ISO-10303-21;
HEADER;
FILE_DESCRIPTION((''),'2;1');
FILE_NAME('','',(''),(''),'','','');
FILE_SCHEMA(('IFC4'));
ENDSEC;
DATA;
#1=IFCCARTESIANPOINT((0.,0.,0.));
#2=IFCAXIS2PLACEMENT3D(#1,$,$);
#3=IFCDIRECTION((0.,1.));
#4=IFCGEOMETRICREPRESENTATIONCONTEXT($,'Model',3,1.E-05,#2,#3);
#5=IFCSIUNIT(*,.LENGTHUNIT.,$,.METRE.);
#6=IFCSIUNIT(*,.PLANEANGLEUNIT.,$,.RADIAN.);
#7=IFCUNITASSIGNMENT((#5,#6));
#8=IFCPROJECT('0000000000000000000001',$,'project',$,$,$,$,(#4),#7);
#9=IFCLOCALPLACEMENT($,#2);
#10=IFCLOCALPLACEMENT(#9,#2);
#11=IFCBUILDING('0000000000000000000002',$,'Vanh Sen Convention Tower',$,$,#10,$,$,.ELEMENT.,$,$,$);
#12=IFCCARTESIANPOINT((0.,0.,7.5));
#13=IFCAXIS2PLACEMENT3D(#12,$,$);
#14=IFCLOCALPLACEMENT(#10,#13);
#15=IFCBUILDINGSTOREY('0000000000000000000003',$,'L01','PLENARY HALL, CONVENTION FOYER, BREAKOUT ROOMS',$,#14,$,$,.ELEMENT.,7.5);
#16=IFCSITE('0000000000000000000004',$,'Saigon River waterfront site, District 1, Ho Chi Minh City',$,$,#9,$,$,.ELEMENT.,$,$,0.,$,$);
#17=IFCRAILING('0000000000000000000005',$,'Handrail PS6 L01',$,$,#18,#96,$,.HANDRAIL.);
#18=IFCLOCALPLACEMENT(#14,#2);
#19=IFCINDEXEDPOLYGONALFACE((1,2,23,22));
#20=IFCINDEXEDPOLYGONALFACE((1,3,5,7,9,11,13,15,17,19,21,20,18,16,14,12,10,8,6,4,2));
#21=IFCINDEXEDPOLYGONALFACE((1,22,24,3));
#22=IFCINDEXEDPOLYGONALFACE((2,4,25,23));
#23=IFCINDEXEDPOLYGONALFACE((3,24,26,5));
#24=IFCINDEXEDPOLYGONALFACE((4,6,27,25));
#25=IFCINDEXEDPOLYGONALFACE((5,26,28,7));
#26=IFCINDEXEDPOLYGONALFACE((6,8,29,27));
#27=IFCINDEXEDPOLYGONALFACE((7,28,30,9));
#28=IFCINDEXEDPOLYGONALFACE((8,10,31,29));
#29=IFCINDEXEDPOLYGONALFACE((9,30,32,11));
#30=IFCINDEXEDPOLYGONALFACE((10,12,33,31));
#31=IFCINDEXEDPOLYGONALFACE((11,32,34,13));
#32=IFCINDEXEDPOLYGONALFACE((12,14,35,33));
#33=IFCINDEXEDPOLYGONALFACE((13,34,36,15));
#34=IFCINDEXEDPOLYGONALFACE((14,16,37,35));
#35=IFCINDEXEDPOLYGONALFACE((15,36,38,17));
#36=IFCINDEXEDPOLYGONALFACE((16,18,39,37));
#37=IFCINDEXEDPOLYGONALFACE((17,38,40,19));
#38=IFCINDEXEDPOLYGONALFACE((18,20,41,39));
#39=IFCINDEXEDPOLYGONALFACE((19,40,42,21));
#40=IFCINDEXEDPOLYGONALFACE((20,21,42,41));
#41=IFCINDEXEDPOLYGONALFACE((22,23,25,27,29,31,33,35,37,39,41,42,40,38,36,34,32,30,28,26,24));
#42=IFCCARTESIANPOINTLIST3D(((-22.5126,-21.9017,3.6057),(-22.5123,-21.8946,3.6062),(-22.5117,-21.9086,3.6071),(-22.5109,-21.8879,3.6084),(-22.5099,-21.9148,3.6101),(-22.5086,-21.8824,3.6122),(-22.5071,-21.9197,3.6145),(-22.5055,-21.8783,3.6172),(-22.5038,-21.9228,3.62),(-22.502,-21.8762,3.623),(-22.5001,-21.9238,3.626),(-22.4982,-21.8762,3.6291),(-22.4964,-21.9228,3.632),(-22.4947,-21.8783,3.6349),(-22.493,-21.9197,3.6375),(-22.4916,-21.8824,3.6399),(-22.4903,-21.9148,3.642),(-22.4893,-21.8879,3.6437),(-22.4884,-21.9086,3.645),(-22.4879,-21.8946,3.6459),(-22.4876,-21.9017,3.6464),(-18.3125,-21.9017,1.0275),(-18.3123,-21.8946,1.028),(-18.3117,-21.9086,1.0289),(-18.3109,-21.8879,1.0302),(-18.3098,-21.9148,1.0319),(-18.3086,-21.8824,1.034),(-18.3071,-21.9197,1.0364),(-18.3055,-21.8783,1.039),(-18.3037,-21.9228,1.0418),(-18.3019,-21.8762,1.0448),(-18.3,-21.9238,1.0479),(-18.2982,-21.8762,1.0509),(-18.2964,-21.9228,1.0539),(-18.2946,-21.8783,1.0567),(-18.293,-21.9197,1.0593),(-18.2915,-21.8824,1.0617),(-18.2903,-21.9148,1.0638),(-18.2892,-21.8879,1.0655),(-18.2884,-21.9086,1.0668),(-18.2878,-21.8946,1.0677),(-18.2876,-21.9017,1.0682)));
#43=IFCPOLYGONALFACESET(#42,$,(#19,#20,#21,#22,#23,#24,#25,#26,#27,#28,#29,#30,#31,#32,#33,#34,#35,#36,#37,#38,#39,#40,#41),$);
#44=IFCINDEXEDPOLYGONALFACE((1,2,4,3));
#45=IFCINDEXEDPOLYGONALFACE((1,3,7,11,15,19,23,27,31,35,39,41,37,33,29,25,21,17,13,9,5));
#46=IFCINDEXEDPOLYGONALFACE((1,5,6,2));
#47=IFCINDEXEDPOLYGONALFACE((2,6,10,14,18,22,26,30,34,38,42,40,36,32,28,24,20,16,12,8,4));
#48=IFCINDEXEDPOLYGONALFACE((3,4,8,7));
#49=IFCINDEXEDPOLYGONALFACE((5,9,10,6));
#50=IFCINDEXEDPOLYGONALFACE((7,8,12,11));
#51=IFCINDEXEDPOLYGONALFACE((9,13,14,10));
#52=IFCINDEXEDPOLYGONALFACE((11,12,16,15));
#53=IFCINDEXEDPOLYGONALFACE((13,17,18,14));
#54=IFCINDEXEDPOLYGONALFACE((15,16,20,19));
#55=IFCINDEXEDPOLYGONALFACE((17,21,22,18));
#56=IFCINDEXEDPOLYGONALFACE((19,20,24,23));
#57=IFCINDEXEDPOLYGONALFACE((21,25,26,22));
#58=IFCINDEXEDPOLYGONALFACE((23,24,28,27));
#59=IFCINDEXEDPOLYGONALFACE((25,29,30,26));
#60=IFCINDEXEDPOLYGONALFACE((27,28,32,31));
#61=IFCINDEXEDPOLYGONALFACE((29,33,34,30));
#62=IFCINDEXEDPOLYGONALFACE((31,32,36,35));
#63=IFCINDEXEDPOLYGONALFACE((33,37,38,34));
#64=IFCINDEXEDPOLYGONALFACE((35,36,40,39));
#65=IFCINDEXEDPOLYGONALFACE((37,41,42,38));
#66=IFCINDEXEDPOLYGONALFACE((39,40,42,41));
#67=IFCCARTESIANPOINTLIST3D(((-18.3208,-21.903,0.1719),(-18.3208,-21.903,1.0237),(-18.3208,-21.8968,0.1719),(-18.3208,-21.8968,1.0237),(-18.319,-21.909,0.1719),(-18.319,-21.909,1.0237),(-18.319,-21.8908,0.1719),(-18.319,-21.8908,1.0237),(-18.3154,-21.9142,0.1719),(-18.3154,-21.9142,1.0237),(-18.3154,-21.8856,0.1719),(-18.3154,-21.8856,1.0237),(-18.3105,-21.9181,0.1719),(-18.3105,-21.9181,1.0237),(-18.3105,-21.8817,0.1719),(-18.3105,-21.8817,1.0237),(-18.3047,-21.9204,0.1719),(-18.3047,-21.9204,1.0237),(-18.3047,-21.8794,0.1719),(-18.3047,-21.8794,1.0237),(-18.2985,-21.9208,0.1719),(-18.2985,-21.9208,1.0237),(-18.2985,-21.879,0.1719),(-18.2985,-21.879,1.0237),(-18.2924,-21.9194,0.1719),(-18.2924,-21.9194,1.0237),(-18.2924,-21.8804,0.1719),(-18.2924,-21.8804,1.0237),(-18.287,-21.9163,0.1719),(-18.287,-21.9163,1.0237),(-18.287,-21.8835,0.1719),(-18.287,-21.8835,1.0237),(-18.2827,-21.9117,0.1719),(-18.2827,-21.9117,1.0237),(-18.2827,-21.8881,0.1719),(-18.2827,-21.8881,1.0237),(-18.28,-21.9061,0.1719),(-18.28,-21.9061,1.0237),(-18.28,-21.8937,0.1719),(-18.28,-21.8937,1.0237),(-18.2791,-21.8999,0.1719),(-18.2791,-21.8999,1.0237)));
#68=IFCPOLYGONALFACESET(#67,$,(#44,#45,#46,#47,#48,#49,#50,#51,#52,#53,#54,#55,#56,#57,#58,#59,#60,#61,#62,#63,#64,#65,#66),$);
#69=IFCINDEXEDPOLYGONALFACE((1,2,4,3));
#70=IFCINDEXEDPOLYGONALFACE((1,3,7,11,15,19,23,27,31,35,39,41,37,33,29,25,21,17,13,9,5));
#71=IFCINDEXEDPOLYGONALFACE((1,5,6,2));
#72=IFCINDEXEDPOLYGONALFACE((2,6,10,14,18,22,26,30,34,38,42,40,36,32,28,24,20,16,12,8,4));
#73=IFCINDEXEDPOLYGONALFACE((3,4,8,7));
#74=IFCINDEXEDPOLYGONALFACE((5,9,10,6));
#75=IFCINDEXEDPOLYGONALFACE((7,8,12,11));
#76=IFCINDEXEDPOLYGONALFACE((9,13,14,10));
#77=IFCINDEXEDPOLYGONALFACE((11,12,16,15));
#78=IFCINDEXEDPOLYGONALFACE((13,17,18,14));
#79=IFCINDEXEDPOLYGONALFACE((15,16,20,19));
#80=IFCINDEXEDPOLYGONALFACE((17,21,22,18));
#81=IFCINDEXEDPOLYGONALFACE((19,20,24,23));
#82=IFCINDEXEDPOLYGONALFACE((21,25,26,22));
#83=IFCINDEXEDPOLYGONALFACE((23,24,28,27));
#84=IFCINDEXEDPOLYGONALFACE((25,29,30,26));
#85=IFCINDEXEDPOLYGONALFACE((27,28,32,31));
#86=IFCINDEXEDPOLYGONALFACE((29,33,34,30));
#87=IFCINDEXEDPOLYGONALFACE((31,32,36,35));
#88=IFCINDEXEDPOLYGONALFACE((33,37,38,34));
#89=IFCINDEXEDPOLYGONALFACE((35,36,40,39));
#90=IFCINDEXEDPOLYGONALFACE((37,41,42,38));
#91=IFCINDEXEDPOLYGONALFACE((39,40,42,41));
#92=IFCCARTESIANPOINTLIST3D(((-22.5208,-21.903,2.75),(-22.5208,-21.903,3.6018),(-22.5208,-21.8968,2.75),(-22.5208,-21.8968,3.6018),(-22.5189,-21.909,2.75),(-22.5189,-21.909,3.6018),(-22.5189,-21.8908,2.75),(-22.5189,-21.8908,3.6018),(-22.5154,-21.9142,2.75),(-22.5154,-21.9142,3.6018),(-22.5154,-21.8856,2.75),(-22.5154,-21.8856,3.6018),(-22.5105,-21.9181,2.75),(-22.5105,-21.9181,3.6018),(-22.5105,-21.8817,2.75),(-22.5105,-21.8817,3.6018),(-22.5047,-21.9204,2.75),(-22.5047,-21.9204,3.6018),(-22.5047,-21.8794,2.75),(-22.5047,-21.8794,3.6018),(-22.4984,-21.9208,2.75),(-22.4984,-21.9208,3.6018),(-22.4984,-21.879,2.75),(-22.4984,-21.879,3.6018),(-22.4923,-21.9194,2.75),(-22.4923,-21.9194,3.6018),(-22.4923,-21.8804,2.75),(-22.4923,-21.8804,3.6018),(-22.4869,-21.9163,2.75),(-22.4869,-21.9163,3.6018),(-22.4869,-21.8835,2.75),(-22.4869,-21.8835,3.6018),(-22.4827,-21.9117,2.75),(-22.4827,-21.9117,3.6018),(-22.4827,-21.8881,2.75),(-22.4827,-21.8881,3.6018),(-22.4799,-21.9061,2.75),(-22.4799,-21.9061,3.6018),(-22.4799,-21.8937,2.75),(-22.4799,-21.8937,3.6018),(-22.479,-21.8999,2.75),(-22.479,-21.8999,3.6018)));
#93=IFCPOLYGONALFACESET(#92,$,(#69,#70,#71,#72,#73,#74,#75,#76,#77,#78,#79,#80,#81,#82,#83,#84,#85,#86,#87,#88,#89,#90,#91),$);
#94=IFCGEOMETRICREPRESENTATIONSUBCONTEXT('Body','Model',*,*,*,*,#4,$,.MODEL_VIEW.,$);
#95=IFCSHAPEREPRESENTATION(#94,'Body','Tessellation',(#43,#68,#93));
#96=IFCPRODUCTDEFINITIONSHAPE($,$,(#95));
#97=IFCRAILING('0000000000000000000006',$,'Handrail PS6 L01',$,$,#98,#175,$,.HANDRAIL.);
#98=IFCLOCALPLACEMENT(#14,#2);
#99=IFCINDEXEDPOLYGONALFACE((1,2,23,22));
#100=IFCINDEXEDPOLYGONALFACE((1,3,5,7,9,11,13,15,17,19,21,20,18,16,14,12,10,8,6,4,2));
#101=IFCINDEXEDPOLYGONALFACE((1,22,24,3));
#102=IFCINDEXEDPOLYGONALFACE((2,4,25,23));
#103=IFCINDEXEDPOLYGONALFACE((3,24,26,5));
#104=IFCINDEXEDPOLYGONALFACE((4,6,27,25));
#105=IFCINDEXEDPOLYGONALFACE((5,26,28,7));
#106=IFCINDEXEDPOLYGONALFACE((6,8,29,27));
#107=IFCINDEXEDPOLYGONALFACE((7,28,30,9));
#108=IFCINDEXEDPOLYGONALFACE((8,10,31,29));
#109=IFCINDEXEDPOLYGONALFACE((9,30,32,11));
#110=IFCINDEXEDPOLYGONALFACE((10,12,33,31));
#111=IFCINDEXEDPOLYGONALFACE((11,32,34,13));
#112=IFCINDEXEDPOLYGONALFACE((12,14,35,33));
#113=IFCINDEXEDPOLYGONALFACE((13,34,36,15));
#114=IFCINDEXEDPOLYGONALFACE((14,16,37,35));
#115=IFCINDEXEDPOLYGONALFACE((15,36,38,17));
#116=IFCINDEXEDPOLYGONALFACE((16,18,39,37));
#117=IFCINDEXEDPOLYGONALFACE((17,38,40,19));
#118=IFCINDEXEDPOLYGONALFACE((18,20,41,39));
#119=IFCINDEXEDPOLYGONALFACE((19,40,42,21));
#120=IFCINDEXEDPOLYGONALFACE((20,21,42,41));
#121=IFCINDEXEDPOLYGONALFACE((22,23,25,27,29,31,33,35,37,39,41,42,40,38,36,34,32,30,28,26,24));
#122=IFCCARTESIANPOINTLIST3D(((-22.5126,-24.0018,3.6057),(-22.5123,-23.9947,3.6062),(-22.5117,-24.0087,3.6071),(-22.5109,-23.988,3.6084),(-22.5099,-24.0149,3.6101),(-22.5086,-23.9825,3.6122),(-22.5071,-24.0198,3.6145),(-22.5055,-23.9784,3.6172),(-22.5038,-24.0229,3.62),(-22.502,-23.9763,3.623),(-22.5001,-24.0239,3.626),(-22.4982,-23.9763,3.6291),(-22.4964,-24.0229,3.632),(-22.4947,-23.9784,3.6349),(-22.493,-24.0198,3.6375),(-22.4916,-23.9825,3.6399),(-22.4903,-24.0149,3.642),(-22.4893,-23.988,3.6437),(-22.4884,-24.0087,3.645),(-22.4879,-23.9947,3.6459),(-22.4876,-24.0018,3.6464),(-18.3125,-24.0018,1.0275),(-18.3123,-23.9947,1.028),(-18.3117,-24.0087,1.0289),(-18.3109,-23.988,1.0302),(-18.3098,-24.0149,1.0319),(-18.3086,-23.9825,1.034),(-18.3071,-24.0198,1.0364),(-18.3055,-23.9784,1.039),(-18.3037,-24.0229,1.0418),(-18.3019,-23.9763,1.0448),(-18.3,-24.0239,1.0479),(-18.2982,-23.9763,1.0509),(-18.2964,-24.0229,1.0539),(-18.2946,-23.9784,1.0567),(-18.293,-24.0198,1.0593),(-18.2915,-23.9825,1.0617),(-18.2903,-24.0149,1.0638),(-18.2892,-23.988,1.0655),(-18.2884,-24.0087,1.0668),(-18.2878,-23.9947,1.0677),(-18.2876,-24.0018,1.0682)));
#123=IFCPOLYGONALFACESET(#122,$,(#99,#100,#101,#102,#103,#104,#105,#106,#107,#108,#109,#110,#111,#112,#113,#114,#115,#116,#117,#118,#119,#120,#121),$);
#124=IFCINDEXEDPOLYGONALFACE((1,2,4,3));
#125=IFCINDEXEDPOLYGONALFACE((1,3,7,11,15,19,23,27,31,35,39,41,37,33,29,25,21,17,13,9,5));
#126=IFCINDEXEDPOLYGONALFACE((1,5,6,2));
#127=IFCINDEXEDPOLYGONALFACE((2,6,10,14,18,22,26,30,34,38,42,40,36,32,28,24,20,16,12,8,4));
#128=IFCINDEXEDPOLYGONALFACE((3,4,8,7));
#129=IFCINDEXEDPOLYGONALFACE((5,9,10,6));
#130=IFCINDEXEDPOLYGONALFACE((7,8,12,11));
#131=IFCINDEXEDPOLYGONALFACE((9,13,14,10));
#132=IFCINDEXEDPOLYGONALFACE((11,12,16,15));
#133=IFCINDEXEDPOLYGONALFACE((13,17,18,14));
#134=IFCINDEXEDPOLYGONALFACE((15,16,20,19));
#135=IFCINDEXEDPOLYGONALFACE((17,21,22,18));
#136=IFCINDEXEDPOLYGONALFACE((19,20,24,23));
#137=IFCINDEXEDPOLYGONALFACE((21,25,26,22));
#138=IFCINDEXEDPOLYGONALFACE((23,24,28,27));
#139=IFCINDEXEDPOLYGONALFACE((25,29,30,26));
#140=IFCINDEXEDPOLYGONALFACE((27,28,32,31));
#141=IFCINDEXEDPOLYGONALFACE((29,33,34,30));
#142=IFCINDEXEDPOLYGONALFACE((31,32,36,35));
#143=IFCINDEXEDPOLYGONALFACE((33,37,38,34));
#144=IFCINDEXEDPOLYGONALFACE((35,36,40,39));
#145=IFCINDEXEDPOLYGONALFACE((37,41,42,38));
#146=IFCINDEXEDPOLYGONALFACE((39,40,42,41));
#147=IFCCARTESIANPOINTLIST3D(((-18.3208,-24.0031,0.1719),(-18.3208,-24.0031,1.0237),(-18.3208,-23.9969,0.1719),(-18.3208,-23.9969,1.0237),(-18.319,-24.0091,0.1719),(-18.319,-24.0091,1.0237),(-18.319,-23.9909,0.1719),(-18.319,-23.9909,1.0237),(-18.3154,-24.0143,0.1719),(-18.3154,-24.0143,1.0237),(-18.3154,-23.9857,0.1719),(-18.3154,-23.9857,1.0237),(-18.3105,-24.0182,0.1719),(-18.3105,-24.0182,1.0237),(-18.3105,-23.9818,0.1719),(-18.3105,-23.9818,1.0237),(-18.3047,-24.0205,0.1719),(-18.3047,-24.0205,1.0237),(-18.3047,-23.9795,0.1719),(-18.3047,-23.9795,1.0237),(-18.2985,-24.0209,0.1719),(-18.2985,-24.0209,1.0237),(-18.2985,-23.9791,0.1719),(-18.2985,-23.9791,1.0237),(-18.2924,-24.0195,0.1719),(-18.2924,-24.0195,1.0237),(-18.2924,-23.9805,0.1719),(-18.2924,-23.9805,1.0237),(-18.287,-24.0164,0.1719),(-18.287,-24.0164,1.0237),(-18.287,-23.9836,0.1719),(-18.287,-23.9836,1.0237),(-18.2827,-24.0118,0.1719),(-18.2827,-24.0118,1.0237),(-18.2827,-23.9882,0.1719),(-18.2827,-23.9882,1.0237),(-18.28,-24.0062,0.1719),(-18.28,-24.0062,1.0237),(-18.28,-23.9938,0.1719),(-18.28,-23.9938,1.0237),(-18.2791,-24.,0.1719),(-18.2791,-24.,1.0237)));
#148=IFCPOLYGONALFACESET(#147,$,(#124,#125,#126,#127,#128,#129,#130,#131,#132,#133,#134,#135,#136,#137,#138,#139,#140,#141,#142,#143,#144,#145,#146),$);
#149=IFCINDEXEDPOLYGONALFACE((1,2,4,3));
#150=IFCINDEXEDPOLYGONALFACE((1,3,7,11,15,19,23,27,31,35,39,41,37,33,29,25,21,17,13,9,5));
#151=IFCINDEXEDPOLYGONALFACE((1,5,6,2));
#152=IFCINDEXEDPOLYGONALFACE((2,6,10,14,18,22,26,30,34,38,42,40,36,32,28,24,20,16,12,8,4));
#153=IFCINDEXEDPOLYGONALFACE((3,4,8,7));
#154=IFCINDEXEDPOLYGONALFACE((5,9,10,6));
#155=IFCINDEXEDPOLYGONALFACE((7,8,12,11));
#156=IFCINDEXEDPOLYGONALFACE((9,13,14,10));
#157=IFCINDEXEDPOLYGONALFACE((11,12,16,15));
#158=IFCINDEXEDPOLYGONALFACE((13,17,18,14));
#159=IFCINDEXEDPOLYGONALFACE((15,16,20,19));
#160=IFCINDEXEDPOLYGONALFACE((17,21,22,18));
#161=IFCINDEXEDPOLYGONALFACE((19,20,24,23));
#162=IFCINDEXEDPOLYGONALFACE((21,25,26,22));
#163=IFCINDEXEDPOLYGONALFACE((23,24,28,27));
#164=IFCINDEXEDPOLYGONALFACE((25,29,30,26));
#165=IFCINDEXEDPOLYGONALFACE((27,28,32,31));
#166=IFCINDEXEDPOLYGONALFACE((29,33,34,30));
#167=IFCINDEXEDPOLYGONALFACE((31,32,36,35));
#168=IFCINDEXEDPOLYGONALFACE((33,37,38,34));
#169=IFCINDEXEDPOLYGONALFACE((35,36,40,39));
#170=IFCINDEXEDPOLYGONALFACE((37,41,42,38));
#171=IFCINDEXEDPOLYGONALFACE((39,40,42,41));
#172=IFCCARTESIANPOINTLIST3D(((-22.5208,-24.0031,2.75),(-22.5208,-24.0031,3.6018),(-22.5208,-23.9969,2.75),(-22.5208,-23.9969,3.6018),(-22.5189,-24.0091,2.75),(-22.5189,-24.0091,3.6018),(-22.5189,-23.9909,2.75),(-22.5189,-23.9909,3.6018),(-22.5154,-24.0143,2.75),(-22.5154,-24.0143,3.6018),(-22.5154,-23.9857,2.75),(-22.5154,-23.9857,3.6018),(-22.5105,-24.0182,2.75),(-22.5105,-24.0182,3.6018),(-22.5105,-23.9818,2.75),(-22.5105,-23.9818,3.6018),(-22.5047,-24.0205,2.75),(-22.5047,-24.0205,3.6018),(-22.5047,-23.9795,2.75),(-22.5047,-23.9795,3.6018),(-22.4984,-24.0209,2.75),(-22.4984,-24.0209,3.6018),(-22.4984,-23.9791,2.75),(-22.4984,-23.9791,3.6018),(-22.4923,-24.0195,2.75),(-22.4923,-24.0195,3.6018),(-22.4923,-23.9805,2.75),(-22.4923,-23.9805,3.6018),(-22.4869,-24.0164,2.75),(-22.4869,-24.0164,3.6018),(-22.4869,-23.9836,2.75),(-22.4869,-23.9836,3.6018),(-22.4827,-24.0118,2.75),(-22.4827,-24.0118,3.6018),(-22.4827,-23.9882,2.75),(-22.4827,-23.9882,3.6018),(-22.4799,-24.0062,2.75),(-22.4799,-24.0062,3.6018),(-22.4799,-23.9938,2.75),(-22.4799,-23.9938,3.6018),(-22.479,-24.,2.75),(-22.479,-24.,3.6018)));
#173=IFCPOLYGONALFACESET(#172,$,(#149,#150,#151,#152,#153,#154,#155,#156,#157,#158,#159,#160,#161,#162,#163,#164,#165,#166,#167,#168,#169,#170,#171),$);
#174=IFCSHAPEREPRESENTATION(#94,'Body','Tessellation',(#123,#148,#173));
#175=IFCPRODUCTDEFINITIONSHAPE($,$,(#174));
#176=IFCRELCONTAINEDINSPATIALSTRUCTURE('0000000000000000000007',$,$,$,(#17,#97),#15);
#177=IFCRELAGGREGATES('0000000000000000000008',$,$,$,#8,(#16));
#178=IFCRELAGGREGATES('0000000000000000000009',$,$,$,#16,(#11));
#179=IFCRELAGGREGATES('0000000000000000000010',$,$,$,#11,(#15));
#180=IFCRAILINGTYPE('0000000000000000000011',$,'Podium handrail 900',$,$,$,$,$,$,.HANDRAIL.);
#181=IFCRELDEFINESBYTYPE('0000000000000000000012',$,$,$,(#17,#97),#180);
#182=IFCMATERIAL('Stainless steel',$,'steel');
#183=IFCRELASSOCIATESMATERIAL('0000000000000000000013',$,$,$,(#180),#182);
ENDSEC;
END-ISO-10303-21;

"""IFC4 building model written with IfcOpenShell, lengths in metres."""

from ifc_helpers import new_model, si_unit, direction, frame, origin, origin_2d, place, context, subcontext, project, spatial, circle, extrude, material, type_object, element, save


model = new_model("IFC4")

# Units and contexts
model_context = context("Model", 3, precision=1e-05, world=origin(), true_north=direction((0.0, 1.0)))
body_context = subcontext(model_context, "Body", "Model", "MODEL_VIEW")
ifc_project = project(units=[si_unit("LENGTHUNIT", "METRE"), si_unit("PLANEANGLEUNIT", "RADIAN")], contexts=[model_context])

# Site, building, storey
site_placement = place(None, origin())
site = spatial("IfcSite", under=ifc_project, at=site_placement, Name="Saigon River waterfront site, District 1, Ho Chi Minh City", CompositionType="ELEMENT", RefElevation=0.0)
building_placement = place(site_placement, origin())
building = spatial("IfcBuilding", under=site, at=building_placement, Name="Vanh Sen Convention Tower", CompositionType="ELEMENT")
storey_placement = place(building_placement, frame((0.0, 0.0, 7.5)))
storey = spatial("IfcBuildingStorey", under=building, at=storey_placement, Name="L01", Description="PLENARY HALL, CONVENTION FOYER, BREAKOUT ROOMS", CompositionType="ELEMENT", Elevation=7.5)

# Railings
ifc_material_1 = material(Name="Stainless steel", Category="steel")
railing_type = type_object("IfcRailingType", Name="Podium handrail 900", PredefinedType="HANDRAIL", material=ifc_material_1)
for number, where, name in (
    (1, (-18.3, -21.8999, 0.1719), "Handrail PS6 L01"),
    (2, (-18.3, -24.0, 0.1719), "Handrail PS6 L01"),
):
    element("IfcRailing", number, at=place(storey_placement, frame(where)), inside=storey, type_object=railing_type, Name=name, PredefinedType="HANDRAIL", context=body_context, shape_type="SweptSolid", body=[
        extrude(circle(Radius=0.0239, at=origin_2d()), frame((0.0, 0.0, 0.876), z_axis=(-0.852243, 0.0, 0.523146), x_axis=(0.0, -1.0, 0.0)), (0.0, 0.0, 1.0), 4.9282),
        extrude(circle(Radius=0.021, at=origin_2d()), origin(), (0.0, 0.0, 1.0), 0.8518),
        extrude(circle(Radius=0.021, at=origin_2d()), frame((-4.2, 0.0, 2.5781)), (0.0, 0.0, 1.0), 0.8518),
    ])

save(model, "model.ifc")
